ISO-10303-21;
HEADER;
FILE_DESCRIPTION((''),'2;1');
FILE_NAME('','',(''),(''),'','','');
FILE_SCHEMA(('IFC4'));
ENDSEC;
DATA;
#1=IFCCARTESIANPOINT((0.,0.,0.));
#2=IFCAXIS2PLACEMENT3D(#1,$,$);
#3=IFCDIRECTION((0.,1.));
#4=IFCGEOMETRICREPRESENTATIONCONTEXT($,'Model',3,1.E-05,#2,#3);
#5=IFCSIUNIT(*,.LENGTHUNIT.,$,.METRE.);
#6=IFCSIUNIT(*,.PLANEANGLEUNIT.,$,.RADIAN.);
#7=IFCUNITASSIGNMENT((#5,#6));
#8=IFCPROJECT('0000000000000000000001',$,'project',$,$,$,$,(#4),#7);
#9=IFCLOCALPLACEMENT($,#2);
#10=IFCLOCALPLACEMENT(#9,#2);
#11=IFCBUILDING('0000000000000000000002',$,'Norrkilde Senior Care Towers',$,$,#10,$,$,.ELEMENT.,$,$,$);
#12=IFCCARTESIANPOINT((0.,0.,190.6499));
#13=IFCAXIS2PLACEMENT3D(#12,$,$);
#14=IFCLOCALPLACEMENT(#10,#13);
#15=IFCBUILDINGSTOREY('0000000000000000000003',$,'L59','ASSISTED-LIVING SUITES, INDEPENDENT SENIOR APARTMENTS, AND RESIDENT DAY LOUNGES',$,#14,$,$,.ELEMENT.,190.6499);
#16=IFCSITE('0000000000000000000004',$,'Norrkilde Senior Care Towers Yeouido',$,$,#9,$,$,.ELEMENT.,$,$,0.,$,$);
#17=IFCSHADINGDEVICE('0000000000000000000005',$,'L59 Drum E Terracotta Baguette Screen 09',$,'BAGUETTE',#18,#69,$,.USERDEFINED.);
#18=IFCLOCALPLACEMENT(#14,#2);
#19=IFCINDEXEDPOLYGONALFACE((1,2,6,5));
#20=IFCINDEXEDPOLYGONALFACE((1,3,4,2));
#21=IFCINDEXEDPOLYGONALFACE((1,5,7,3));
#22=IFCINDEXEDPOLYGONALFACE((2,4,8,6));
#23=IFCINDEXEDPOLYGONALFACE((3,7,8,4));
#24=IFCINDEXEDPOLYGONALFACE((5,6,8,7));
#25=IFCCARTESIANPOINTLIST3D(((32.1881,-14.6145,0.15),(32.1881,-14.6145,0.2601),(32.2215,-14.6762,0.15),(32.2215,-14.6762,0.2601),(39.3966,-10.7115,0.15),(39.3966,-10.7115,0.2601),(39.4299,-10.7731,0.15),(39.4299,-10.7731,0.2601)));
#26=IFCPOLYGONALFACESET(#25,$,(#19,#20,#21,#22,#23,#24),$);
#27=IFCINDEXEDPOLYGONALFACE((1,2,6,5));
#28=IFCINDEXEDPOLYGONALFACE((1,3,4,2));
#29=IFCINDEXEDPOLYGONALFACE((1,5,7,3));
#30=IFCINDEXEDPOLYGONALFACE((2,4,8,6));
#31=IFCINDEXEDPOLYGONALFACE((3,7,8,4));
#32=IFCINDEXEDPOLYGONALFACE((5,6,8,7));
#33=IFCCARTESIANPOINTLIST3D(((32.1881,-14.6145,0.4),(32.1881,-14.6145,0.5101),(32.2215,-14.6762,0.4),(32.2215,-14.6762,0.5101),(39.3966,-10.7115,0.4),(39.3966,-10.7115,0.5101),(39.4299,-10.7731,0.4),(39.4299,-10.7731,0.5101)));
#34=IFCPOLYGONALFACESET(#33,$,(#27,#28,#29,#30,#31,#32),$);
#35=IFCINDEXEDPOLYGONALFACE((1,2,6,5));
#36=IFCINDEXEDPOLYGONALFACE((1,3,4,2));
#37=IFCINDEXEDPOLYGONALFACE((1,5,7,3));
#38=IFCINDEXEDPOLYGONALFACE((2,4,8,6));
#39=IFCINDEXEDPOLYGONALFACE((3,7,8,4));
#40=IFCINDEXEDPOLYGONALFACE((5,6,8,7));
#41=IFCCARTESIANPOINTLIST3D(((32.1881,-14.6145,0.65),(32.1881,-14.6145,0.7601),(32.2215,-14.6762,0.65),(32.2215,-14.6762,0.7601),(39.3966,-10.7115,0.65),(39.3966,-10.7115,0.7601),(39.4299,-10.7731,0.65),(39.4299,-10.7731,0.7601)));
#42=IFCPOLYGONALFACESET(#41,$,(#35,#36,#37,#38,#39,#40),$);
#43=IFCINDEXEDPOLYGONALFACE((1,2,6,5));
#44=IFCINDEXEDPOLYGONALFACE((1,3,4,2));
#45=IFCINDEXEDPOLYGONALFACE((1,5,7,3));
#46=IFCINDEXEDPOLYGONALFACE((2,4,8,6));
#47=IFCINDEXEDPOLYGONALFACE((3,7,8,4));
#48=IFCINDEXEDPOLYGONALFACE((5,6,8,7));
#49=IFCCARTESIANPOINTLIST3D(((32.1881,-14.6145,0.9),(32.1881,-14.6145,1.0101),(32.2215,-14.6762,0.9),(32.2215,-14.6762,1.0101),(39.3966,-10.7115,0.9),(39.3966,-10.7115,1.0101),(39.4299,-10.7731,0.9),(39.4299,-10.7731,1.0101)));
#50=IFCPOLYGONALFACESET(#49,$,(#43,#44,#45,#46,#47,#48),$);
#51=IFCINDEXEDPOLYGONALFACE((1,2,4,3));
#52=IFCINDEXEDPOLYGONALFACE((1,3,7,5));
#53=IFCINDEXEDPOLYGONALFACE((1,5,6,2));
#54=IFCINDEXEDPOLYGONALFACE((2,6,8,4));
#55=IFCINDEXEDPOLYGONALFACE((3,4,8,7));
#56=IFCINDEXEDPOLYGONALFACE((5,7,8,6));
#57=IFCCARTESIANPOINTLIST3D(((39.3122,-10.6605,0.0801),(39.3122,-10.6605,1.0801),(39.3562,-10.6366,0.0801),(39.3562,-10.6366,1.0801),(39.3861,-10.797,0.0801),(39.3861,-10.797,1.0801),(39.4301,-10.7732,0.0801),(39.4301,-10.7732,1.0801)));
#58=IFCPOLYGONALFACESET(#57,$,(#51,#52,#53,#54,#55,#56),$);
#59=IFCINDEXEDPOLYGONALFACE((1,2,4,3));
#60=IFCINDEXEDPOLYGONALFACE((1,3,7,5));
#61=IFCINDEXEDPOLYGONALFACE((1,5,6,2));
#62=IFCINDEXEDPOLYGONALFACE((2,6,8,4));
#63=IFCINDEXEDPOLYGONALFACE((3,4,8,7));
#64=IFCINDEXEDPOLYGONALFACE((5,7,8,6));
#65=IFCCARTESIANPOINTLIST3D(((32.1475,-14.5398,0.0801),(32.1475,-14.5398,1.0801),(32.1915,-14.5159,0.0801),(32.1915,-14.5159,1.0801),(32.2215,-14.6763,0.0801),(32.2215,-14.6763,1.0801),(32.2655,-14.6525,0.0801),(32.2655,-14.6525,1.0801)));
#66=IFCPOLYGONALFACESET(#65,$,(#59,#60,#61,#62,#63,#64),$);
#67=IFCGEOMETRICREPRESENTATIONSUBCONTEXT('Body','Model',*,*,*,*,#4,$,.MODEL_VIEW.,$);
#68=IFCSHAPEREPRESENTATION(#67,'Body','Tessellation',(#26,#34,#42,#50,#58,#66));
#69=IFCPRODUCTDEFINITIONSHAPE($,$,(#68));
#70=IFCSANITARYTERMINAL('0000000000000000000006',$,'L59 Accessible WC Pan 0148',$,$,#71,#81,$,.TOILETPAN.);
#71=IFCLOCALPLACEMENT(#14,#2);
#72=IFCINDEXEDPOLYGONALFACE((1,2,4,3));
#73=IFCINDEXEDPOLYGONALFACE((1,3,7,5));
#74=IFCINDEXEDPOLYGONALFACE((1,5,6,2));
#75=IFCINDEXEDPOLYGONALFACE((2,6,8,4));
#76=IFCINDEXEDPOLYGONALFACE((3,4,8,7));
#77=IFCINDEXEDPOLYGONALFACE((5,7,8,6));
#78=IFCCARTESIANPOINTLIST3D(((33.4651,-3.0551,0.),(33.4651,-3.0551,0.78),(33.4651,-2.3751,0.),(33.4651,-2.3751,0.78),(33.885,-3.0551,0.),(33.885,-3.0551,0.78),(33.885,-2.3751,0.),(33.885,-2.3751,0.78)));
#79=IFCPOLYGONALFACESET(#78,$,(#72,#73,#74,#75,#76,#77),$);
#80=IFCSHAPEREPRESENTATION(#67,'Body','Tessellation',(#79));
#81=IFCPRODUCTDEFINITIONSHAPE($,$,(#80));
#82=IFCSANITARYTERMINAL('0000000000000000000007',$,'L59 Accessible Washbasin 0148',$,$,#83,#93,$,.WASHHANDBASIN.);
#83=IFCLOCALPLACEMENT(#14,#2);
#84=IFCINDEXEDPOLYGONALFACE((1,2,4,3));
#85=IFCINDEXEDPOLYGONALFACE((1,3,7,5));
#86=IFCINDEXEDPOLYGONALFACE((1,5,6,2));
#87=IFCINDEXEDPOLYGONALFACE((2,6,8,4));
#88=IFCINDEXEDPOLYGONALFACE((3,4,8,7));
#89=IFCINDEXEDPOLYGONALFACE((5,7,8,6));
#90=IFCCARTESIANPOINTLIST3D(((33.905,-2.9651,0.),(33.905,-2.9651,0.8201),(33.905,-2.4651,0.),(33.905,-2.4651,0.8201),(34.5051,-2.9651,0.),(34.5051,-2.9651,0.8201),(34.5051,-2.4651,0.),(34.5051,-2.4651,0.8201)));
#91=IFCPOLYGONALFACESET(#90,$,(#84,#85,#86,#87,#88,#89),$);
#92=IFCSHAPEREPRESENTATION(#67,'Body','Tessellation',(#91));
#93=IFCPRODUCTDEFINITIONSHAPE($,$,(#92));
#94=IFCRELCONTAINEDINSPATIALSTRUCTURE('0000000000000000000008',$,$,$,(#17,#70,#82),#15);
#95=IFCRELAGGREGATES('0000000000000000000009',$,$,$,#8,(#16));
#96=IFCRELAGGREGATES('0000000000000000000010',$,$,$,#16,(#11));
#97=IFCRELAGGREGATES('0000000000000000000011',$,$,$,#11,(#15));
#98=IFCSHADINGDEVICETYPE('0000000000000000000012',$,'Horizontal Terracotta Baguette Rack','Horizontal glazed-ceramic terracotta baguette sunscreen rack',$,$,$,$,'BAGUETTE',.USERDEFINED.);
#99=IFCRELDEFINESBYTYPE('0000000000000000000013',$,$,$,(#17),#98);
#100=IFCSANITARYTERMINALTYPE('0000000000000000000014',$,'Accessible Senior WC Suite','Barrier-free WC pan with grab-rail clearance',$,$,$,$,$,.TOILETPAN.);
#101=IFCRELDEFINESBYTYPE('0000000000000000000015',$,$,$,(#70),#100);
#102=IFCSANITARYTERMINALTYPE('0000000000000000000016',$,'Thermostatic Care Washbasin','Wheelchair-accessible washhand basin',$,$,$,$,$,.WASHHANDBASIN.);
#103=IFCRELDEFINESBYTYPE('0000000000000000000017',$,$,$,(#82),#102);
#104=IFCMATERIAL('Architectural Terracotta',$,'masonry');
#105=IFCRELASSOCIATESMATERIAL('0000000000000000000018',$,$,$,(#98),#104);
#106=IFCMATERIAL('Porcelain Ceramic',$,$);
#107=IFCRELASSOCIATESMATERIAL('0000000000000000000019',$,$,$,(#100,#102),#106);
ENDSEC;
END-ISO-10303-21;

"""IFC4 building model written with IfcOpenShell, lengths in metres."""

from ifc_helpers import new_model, si_unit, direction, frame, origin, origin_2d, place, context, subcontext, project, spatial, rectangle, extrude, source, transform, mapped, material, type_object, type_shapes, element, save


model = new_model("IFC4")

# Units and contexts
model_context = context("Model", 3, precision=1e-05, world=origin(), true_north=direction((0.0, 1.0)))
body_context = subcontext(model_context, "Body", "Model", "MODEL_VIEW")
ifc_project = project(units=[si_unit("LENGTHUNIT", "METRE"), si_unit("PLANEANGLEUNIT", "RADIAN")], contexts=[model_context])

# Site, building, storey
site_placement = place(None, origin())
site = spatial("IfcSite", under=ifc_project, at=site_placement, Name="Norrkilde Senior Care Towers Yeouido", CompositionType="ELEMENT", RefElevation=0.0)
building_placement = place(site_placement, origin())
building = spatial("IfcBuilding", under=site, at=building_placement, Name="Norrkilde Senior Care Towers", CompositionType="ELEMENT")
storey_placement = place(building_placement, frame((0.0, 0.0, 190.6499)))
storey = spatial("IfcBuildingStorey", under=building, at=storey_placement, Name="L59", Description="ASSISTED-LIVING SUITES, INDEPENDENT SENIOR APARTMENTS, AND RESIDENT DAY LOUNGES", CompositionType="ELEMENT", Elevation=190.6499)

# Shading device
ifc_material_1 = material(Name="Architectural Terracotta", Category="masonry")
shading_device_type = type_object("IfcShadingDeviceType", Name="Horizontal Terracotta Baguette Rack", Description="Horizontal glazed-ceramic terracotta baguette sunscreen rack", ElementType="BAGUETTE", PredefinedType="USERDEFINED", material=ifc_material_1)
shared_shape_1 = source(origin(), body_context, "Body", "SweptSolid", [
    extrude(rectangle(XDim=0.0701, YDim=0.1101, at=origin_2d()), frame((0.0, 0.0901, 0.125), z_axis=(1.0, 0.0, 0.0), x_axis=(0.0, 1.0, 0.0)), (0.0, 0.0, 1.0), 8.1973),
    extrude(rectangle(XDim=0.0701, YDim=0.1101, at=origin_2d()), frame((0.0, 0.0901, 0.375), z_axis=(1.0, 0.0, 0.0), x_axis=(0.0, 1.0, 0.0)), (0.0, 0.0, 1.0), 8.1973),
    extrude(rectangle(XDim=0.0701, YDim=0.1101, at=origin_2d()), frame((0.0, 0.0901, 0.625), z_axis=(1.0, 0.0, 0.0), x_axis=(0.0, 1.0, 0.0)), (0.0, 0.0, 1.0), 8.1973),
    extrude(rectangle(XDim=0.0701, YDim=0.1101, at=origin_2d()), frame((0.0, 0.0901, 0.875), z_axis=(1.0, 0.0, 0.0), x_axis=(0.0, 1.0, 0.0)), (0.0, 0.0, 1.0), 8.1973),
    extrude(rectangle(XDim=0.05, YDim=0.1553, at=origin_2d()), frame((0.0249, 0.0476, 0.0)), (0.0, 0.0, 1.0), 1.0),
    extrude(rectangle(XDim=0.05, YDim=0.1553, at=origin_2d()), frame((8.1724, 0.0476, 0.0)), (0.0, 0.0, 1.0), 1.0),
])
type_shapes(shading_device_type, [shared_shape_1])
shading_device_placement = place(storey_placement, frame((39.3704, -10.6631, 0.0801), z_axis=(0.0, 0.0, 1.0), x_axis=(-0.879378, -0.476144, 0.0)))
element("IfcShadingDevice", 1, at=shading_device_placement, inside=storey, type_object=shading_device_type, Name="L59 Drum E Terracotta Baguette Screen 09", ObjectType="BAGUETTE", PredefinedType="USERDEFINED", context=body_context, shape_type="MappedRepresentation", body=[
    mapped(shared_shape_1, transform((0.0, 0.0, 0.0), x_axis=(1.0, 0.0, 0.0), y_axis=(0.0, 1.0, 0.0), z_axis=(0.0, 0.0, 1.0), scale=1.0)),
])

# Sanitary terminals
ifc_material_2 = material(Name="Porcelain Ceramic")
sanitary_terminal_type_1 = type_object("IfcSanitaryTerminalType", Name="Accessible Senior WC Suite", Description="Barrier-free WC pan with grab-rail clearance", PredefinedType="TOILETPAN", material=ifc_material_2)
shared_shape_2 = source(origin(), body_context, "Body", "SweptSolid", [
    extrude(rectangle(XDim=0.4199, YDim=0.6799, at=origin_2d()), origin(), (0.0, 0.0, 1.0), 0.78),
])
type_shapes(sanitary_terminal_type_1, [shared_shape_2])
sanitary_terminal_1_placement = place(storey_placement, frame((33.675, -2.7151, 0.0), z_axis=(0.0, 0.0, 1.0), x_axis=(1.0, 0.0, 0.0)))
element("IfcSanitaryTerminal", 2, at=sanitary_terminal_1_placement, inside=storey, type_object=sanitary_terminal_type_1, Name="L59 Accessible WC Pan 0148", PredefinedType="TOILETPAN", context=body_context, shape_type="MappedRepresentation", body=[
    mapped(shared_shape_2, transform((0.0, 0.0, 0.0), x_axis=(1.0, 0.0, 0.0), y_axis=(0.0, 1.0, 0.0), z_axis=(0.0, 0.0, 1.0), scale=1.0)),
])
sanitary_terminal_type_2 = type_object("IfcSanitaryTerminalType", Name="Thermostatic Care Washbasin", Description="Wheelchair-accessible washhand basin", PredefinedType="WASHHANDBASIN", material=ifc_material_2)
shared_shape_3 = source(origin(), body_context, "Body", "SweptSolid", [
    extrude(rectangle(XDim=0.6001, YDim=0.5, at=origin_2d()), origin(), (0.0, 0.0, 1.0), 0.8201),
])
type_shapes(sanitary_terminal_type_2, [shared_shape_3])
sanitary_terminal_2_placement = place(storey_placement, frame((34.2051, -2.7151, 0.0), z_axis=(0.0, 0.0, 1.0), x_axis=(1.0, 0.0, 0.0)))
element("IfcSanitaryTerminal", 3, at=sanitary_terminal_2_placement, inside=storey, type_object=sanitary_terminal_type_2, Name="L59 Accessible Washbasin 0148", PredefinedType="WASHHANDBASIN", context=body_context, shape_type="MappedRepresentation", body=[
    mapped(shared_shape_3, transform((0.0, 0.0, 0.0), x_axis=(1.0, 0.0, 0.0), y_axis=(0.0, 1.0, 0.0), z_axis=(0.0, 0.0, 1.0), scale=1.0)),
])

save(model, "model.ifc")
